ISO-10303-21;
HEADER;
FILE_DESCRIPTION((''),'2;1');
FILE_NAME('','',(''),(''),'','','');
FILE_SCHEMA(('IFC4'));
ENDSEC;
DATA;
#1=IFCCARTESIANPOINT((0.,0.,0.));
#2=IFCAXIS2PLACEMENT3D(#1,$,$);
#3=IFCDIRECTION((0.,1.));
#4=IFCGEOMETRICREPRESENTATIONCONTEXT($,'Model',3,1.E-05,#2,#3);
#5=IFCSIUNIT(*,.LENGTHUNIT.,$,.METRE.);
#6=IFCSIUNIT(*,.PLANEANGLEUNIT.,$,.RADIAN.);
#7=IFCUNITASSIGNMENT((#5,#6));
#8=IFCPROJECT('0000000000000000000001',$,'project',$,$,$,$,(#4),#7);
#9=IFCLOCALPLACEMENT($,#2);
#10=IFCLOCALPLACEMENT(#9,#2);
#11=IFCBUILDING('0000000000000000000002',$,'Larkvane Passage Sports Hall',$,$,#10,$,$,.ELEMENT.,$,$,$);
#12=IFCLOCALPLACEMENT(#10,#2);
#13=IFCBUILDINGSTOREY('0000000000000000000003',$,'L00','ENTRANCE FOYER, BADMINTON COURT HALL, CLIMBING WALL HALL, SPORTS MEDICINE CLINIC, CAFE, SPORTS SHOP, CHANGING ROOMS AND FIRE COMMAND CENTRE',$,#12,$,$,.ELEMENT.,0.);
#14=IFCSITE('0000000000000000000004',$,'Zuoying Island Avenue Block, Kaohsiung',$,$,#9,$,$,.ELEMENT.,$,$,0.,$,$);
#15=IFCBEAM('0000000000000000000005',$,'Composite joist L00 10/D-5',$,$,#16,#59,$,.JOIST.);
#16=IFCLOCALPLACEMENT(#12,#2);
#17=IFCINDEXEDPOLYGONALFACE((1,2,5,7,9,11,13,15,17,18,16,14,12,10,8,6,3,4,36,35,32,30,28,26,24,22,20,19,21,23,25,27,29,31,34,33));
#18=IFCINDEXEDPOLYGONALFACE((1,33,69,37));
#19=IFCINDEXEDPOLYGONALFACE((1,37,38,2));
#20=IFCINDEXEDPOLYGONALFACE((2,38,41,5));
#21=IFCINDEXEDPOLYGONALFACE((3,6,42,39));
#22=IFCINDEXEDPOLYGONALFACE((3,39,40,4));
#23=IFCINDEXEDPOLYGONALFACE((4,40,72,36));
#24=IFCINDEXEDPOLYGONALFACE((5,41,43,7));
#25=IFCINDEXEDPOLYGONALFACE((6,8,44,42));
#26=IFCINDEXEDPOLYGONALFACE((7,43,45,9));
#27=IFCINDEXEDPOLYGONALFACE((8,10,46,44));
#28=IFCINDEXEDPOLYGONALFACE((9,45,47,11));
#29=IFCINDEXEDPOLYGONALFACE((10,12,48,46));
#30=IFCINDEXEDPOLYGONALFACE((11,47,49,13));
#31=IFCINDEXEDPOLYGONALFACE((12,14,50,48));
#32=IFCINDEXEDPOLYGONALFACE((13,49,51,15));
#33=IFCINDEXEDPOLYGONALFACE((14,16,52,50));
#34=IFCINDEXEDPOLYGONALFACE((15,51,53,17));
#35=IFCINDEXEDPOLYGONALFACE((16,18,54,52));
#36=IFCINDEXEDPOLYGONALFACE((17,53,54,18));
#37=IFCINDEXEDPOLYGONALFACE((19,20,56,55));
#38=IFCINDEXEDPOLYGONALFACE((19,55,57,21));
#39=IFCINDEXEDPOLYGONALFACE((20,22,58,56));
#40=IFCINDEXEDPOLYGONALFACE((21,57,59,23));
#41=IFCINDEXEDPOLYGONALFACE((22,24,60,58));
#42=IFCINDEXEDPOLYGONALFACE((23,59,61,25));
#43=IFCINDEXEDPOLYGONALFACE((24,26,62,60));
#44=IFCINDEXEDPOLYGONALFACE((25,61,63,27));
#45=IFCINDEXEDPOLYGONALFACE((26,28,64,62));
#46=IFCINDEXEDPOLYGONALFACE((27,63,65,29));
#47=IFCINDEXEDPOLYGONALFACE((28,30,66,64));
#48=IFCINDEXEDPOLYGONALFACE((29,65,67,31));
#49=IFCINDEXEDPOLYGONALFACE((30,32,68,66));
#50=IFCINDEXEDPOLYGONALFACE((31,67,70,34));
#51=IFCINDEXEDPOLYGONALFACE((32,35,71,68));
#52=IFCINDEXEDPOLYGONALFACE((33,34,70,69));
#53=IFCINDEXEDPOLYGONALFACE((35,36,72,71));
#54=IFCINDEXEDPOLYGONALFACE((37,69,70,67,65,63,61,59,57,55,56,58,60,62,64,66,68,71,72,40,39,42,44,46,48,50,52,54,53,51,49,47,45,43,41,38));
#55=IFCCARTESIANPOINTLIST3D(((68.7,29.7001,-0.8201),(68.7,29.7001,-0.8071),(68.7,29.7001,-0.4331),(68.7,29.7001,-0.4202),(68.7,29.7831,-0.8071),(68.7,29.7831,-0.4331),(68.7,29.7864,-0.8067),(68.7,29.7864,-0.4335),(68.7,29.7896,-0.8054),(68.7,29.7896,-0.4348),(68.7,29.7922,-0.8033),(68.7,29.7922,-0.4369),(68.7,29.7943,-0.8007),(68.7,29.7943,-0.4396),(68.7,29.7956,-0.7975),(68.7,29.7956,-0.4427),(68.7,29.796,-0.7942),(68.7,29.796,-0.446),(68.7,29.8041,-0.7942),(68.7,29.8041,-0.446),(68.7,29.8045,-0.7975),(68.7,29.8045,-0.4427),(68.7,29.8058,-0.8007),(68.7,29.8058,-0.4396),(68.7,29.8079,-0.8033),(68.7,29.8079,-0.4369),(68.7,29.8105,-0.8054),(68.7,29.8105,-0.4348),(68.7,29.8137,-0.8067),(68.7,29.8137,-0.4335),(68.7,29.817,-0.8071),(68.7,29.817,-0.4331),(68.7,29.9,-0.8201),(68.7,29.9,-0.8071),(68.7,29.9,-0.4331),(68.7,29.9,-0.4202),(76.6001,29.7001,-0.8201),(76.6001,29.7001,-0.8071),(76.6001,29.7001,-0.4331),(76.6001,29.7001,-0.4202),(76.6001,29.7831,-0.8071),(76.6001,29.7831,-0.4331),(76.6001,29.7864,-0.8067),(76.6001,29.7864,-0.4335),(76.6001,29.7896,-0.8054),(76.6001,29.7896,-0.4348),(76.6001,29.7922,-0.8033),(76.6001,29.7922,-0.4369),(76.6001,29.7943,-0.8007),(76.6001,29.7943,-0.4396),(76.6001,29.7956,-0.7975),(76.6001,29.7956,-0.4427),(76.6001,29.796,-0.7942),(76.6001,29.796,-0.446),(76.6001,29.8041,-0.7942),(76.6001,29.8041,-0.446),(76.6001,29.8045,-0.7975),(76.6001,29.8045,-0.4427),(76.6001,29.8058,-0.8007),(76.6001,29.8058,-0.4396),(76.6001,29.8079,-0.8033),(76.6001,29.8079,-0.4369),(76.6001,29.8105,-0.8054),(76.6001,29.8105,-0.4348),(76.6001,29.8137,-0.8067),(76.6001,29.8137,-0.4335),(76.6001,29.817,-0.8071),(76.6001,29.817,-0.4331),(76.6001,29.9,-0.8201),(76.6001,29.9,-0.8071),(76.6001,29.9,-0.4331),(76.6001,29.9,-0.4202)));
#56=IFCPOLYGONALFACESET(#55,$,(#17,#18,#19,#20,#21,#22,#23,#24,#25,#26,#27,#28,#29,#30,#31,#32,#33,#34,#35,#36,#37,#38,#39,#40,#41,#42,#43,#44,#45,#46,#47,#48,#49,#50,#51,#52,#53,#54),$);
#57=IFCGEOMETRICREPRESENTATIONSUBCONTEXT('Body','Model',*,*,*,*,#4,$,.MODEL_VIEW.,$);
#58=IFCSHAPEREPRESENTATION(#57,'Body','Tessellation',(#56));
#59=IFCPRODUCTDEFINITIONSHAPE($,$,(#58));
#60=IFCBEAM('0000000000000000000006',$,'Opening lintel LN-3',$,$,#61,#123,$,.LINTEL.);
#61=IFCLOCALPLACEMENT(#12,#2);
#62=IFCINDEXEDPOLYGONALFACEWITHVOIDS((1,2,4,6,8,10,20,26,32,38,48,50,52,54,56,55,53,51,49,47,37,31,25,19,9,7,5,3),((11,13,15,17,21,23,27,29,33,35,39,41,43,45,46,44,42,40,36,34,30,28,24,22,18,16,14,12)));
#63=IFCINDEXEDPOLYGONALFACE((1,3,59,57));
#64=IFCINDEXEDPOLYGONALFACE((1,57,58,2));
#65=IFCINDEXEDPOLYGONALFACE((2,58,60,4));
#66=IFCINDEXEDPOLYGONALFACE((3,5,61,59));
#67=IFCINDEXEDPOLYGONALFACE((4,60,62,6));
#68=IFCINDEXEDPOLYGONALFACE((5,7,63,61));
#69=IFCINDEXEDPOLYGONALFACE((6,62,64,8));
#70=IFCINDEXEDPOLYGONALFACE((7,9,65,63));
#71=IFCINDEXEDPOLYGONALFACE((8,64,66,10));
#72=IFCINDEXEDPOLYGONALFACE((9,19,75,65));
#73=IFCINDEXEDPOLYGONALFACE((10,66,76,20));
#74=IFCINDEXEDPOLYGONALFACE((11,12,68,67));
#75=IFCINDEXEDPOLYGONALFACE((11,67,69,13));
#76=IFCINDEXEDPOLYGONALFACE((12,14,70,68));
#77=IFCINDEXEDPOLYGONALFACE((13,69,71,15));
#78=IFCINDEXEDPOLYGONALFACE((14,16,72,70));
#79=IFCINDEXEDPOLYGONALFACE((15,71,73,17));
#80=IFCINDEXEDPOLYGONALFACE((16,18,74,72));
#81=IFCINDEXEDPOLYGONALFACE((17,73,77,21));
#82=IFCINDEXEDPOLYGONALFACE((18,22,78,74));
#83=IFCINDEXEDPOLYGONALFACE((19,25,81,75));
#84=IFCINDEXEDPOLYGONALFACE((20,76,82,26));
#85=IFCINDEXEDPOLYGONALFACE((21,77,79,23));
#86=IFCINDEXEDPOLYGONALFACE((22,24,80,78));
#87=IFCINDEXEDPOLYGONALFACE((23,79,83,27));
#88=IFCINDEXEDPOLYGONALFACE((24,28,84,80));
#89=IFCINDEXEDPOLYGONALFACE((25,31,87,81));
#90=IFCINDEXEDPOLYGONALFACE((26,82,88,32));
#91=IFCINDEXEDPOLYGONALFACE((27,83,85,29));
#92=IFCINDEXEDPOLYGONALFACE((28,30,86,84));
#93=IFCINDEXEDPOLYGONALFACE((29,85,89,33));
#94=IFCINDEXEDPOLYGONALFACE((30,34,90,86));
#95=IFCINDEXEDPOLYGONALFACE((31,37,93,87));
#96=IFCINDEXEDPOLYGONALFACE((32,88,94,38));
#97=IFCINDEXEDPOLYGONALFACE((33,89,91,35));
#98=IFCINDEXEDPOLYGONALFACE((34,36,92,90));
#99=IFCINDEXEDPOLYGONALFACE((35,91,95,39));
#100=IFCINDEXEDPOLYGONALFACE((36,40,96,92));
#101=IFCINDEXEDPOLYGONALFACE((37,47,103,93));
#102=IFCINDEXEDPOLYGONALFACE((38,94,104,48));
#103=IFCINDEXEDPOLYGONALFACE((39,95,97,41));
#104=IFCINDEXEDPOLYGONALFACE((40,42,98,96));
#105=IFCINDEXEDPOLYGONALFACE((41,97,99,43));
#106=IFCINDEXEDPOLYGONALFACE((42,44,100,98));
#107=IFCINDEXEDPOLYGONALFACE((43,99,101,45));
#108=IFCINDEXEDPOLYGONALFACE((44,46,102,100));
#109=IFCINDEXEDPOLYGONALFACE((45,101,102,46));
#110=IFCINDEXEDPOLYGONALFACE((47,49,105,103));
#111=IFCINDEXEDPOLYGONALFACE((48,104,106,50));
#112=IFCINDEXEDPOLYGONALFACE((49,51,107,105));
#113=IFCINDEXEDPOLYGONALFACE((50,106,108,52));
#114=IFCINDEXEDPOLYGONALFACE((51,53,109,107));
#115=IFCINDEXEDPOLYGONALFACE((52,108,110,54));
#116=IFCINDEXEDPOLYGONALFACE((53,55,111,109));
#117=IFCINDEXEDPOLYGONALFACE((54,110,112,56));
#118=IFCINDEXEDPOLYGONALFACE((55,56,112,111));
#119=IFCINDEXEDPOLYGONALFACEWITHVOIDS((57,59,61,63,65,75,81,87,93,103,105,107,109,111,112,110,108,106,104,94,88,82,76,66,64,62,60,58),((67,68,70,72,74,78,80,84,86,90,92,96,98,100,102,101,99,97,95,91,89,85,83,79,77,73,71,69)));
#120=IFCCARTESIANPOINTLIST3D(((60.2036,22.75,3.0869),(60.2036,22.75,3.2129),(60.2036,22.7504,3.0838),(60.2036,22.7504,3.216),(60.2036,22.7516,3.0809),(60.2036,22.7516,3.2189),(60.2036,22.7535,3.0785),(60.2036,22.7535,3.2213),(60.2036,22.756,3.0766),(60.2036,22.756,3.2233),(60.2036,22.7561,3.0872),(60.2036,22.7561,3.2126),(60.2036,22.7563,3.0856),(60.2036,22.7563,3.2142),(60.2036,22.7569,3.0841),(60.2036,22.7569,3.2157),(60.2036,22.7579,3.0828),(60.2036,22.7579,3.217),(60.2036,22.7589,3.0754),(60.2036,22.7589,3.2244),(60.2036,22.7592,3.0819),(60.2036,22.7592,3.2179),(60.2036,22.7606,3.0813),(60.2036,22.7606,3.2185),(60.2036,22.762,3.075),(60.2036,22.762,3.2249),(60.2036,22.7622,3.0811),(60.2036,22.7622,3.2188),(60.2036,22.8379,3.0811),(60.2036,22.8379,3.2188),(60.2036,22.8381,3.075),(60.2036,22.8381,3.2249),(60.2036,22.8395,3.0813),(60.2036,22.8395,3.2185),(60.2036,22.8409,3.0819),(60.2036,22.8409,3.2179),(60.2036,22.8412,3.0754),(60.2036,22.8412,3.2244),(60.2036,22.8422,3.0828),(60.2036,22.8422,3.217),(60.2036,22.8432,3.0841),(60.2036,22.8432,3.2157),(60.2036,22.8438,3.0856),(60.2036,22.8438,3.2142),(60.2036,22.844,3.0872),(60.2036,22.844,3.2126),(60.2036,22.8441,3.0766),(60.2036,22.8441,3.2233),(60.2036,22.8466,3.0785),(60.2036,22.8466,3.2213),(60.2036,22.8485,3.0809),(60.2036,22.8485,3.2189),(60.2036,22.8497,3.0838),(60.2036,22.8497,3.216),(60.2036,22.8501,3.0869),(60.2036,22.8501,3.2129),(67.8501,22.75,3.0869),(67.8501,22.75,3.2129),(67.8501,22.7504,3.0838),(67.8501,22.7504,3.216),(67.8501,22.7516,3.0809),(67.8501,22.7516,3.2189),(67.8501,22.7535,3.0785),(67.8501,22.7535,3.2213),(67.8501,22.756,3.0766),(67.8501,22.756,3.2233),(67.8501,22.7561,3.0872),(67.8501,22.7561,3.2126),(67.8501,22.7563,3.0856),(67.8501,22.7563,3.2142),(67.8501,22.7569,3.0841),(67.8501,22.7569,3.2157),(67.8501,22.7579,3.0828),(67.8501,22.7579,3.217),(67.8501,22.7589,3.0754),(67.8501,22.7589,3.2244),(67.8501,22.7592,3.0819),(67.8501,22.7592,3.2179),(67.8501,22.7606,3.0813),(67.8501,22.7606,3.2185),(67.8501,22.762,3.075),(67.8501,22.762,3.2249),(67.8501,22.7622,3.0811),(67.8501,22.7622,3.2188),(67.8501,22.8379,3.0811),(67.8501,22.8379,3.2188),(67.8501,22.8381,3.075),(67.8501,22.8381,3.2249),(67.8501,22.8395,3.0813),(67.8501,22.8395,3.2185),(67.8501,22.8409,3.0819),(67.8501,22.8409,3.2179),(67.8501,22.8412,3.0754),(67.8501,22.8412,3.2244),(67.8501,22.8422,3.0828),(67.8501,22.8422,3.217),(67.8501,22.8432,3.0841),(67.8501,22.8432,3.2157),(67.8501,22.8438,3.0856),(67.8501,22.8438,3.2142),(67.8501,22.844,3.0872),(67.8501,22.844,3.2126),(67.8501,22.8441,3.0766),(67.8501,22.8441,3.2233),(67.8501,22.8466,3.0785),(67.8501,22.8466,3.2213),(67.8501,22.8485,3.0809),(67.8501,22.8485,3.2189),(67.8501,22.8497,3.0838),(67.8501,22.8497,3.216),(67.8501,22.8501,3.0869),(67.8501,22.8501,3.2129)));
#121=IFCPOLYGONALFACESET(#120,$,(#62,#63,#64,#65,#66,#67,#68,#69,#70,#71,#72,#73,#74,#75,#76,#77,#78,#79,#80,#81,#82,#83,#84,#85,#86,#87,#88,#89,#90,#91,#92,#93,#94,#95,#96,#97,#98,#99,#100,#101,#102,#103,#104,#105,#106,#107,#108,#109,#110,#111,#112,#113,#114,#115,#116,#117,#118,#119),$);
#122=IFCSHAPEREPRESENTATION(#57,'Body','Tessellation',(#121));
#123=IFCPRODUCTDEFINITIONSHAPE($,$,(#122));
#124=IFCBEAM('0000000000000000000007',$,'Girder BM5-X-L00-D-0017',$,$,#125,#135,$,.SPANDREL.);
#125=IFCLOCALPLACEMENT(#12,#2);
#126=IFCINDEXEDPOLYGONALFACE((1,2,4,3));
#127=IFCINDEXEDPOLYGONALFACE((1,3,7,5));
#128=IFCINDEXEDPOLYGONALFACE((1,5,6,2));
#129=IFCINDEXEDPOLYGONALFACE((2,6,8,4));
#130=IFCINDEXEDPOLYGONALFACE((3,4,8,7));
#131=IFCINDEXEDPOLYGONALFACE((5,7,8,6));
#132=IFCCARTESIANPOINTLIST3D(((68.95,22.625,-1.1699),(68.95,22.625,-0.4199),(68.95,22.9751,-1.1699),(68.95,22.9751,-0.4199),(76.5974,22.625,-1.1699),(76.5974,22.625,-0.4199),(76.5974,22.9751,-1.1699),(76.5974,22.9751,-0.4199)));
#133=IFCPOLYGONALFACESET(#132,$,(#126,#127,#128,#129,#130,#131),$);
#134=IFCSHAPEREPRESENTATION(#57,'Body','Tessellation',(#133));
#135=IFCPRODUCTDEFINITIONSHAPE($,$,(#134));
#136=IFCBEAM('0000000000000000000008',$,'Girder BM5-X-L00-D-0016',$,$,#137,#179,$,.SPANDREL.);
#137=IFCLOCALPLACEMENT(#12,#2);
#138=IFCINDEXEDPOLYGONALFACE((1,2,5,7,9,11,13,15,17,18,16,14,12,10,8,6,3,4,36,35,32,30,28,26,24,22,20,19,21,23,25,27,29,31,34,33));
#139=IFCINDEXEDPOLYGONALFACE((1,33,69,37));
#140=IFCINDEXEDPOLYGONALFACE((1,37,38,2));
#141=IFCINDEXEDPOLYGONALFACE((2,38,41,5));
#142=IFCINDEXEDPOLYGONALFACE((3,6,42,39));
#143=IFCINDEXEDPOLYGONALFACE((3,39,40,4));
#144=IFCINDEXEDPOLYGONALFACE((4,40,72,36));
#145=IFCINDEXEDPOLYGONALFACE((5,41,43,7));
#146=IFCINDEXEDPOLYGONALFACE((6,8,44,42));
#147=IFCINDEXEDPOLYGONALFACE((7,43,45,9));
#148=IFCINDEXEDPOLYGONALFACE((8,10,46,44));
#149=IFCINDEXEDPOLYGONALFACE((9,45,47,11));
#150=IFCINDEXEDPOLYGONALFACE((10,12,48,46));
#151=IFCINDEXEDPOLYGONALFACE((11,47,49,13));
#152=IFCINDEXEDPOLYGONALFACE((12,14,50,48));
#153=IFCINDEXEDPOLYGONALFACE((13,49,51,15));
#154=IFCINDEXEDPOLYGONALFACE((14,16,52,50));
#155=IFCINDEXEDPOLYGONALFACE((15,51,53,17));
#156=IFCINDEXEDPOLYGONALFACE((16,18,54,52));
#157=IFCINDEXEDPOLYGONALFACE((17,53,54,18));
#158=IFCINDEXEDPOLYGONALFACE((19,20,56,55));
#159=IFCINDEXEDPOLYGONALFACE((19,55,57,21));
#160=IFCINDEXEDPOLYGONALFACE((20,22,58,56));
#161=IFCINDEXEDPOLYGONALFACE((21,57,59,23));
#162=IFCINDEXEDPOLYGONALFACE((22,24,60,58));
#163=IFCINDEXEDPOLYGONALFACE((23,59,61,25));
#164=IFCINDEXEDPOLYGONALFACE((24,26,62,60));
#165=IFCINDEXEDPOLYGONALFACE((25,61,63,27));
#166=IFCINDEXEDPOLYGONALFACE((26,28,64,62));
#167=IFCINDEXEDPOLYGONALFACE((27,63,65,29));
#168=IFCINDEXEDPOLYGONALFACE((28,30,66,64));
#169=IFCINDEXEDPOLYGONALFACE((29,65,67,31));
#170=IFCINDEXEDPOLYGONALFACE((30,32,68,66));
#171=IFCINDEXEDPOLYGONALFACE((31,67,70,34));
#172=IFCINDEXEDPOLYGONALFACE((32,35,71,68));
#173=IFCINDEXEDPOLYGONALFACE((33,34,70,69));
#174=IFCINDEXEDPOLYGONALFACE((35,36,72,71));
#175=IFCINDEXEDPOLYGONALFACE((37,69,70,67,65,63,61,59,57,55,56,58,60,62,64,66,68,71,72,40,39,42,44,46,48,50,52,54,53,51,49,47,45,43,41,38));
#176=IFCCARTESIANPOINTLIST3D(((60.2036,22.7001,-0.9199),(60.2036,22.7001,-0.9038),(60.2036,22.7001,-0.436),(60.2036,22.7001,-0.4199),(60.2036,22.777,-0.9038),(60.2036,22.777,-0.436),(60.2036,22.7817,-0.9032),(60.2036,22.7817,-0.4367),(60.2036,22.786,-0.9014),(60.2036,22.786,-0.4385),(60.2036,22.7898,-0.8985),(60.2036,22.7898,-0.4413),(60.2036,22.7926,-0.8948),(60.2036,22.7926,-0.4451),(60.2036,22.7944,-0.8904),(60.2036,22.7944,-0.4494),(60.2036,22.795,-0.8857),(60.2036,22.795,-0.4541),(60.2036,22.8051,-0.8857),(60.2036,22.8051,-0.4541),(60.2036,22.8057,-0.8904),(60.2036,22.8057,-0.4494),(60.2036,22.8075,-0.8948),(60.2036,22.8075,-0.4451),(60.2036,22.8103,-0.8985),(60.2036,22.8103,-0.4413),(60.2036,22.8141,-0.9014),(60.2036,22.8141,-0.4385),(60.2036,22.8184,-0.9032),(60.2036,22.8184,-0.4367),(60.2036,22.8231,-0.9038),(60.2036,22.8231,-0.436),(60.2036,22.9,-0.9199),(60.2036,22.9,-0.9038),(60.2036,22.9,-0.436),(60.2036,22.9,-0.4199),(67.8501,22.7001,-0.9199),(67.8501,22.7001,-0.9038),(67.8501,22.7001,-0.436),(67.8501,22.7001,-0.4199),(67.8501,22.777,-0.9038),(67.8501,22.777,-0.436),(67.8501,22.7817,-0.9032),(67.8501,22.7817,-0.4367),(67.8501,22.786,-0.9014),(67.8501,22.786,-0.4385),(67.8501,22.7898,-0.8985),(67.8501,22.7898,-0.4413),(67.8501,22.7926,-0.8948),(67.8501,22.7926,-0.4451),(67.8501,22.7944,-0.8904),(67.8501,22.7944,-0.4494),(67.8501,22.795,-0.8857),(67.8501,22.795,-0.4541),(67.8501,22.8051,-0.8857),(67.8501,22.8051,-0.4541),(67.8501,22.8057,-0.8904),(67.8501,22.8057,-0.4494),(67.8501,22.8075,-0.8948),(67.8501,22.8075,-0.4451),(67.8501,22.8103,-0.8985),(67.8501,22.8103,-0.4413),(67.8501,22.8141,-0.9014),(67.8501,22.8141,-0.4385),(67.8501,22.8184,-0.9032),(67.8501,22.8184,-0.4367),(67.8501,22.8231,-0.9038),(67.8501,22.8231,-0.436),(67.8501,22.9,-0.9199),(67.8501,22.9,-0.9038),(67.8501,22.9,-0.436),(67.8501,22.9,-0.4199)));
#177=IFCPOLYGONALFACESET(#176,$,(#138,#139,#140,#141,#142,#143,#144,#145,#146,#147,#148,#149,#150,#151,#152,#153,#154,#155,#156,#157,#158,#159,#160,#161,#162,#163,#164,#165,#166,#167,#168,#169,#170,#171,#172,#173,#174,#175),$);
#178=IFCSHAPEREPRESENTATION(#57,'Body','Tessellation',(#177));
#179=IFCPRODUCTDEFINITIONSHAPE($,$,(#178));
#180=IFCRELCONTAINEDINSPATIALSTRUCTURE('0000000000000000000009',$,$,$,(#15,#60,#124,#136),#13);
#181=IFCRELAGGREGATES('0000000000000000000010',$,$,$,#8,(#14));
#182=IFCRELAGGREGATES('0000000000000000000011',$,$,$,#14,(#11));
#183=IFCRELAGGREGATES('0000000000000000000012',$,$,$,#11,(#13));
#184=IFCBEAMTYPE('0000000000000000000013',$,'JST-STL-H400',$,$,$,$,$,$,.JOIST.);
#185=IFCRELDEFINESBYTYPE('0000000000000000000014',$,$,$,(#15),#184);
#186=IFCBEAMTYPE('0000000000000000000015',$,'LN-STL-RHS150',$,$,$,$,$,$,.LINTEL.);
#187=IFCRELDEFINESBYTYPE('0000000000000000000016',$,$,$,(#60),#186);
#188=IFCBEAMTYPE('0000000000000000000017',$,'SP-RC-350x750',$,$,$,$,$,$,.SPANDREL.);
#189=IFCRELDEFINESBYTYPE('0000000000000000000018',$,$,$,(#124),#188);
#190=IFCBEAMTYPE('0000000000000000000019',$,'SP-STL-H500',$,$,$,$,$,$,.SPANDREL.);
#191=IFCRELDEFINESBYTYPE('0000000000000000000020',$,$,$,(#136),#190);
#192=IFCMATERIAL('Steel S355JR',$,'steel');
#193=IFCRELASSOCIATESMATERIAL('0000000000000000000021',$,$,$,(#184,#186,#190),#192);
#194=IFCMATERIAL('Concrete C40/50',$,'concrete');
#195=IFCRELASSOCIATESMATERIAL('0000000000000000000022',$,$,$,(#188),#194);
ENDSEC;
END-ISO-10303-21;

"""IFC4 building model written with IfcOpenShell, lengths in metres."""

from ifc_helpers import new_model, si_unit, direction, frame, origin, origin_2d, place, context, subcontext, project, spatial, rectangle, hollow_rectangle, i_section, extrude, material, material_profile, profile_set, type_object, element, save


model = new_model("IFC4")

# Units and contexts
model_context = context("Model", 3, precision=1e-05, world=origin(), true_north=direction((0.0, 1.0)))
body_context = subcontext(model_context, "Body", "Model", "MODEL_VIEW")
ifc_project = project(units=[si_unit("LENGTHUNIT", "METRE"), si_unit("PLANEANGLEUNIT", "RADIAN")], contexts=[model_context])

# Site, building, storey
site_placement = place(None, origin())
site = spatial("IfcSite", under=ifc_project, at=site_placement, Name="Zuoying Island Avenue Block, Kaohsiung", CompositionType="ELEMENT", RefElevation=0.0)
building_placement = place(site_placement, origin())
building = spatial("IfcBuilding", under=site, at=building_placement, Name="Larkvane Passage Sports Hall", CompositionType="ELEMENT")
storey_placement = place(building_placement, origin())
storey = spatial("IfcBuildingStorey", under=building, at=storey_placement, Name="L00", Description="ENTRANCE FOYER, BADMINTON COURT HALL, CLIMBING WALL HALL, SPORTS MEDICINE CLINIC, CAFE, SPORTS SHOP, CHANGING ROOMS AND FIRE COMMAND CENTRE", CompositionType="ELEMENT", Elevation=0.0)

# Shared definitions
ifc_material_1 = material(Name="Steel S355JR", Category="steel")

# Beams
ifc_material_profile_1 = material_profile(ifc_material_1, i_section(OverallWidth=0.2, OverallDepth=0.3999, WebThickness=0.0081, FlangeThickness=0.0129, FilletRadius=0.0129, at=origin_2d()), Name="H-400x200x8x13")
ifc_profile_set_1 = profile_set([ifc_material_profile_1], Name="Steel S355JR")
beam_type_1 = type_object("IfcBeamType", Name="JST-STL-H400", PredefinedType="JOIST", material=ifc_profile_set_1)
beam_1_placement = place(storey_placement, frame((68.7, 29.8, -0.6201), z_axis=(1.0, 0.0, 0.0), x_axis=(0.0, 1.0, 0.0)))
element("IfcBeam", 1, at=beam_1_placement, inside=storey, type_object=beam_type_1, Name="Composite joist L00 10/D-5", PredefinedType="JOIST", context=body_context, shape_type="SweptSolid", body=[
    extrude(i_section(OverallWidth=0.2, OverallDepth=0.3999, WebThickness=0.0081, FlangeThickness=0.0129, FilletRadius=0.0129, at=origin_2d()), origin(), (0.0, 0.0, 1.0), 7.9001),
])
ifc_material_profile_2 = material_profile(ifc_material_1, hollow_rectangle(XDim=0.1001, YDim=0.1499, WallThickness=0.0061, InnerFilletRadius=0.0061, OuterFilletRadius=0.012, at=origin_2d()), Name="RHS-150x100x6")
ifc_profile_set_2 = profile_set([ifc_material_profile_2], Name="Steel S355JR")
beam_type_2 = type_object("IfcBeamType", Name="LN-STL-RHS150", PredefinedType="LINTEL", material=ifc_profile_set_2)
beam_2_placement = place(storey_placement, frame((60.2036, 22.8, 3.1499), z_axis=(1.0, 0.0, 0.0), x_axis=(0.0, 1.0, 0.0)))
element("IfcBeam", 2, at=beam_2_placement, inside=storey, type_object=beam_type_2, Name="Opening lintel LN-3", PredefinedType="LINTEL", context=body_context, shape_type="SweptSolid", body=[
    extrude(hollow_rectangle(XDim=0.1001, YDim=0.1499, WallThickness=0.0061, InnerFilletRadius=0.0061, OuterFilletRadius=0.012, at=origin_2d()), origin(), (0.0, 0.0, 1.0), 7.6465),
])
ifc_material_2 = material(Name="Concrete C40/50", Category="concrete")
ifc_material_profile_3 = material_profile(ifc_material_2, rectangle(XDim=0.3501, YDim=0.75, at=origin_2d()), Name="RC-SP-350x750")
ifc_profile_set_3 = profile_set([ifc_material_profile_3], Name="Concrete C40/50")
beam_type_3 = type_object("IfcBeamType", Name="SP-RC-350x750", PredefinedType="SPANDREL", material=ifc_profile_set_3)
beam_3_placement = place(storey_placement, frame((68.95, 22.8, -0.7949), z_axis=(1.0, 0.0, 0.0), x_axis=(0.0, 1.0, 0.0)))
element("IfcBeam", 3, at=beam_3_placement, inside=storey, type_object=beam_type_3, Name="Girder BM5-X-L00-D-0017", PredefinedType="SPANDREL", context=body_context, shape_type="SweptSolid", body=[
    extrude(rectangle(XDim=0.3501, YDim=0.75, at=origin_2d()), origin(), (0.0, 0.0, 1.0), 7.6475),
])
ifc_material_profile_4 = material_profile(ifc_material_1, i_section(OverallWidth=0.2, OverallDepth=0.5, WebThickness=0.01, FlangeThickness=0.0161, FilletRadius=0.0181, at=origin_2d()), Name="H-500x200x10x16")
ifc_profile_set_4 = profile_set([ifc_material_profile_4], Name="Steel S355JR")
beam_type_4 = type_object("IfcBeamType", Name="SP-STL-H500", PredefinedType="SPANDREL", material=ifc_profile_set_4)
beam_4_placement = place(storey_placement, frame((60.2036, 22.8, -0.6699), z_axis=(1.0, 0.0, 0.0), x_axis=(0.0, 1.0, 0.0)))
element("IfcBeam", 4, at=beam_4_placement, inside=storey, type_object=beam_type_4, Name="Girder BM5-X-L00-D-0016", PredefinedType="SPANDREL", context=body_context, shape_type="SweptSolid", body=[
    extrude(i_section(OverallWidth=0.2, OverallDepth=0.5, WebThickness=0.01, FlangeThickness=0.0161, FilletRadius=0.0181, at=origin_2d()), origin(), (0.0, 0.0, 1.0), 7.6465),
])

save(model, "model.ifc")
